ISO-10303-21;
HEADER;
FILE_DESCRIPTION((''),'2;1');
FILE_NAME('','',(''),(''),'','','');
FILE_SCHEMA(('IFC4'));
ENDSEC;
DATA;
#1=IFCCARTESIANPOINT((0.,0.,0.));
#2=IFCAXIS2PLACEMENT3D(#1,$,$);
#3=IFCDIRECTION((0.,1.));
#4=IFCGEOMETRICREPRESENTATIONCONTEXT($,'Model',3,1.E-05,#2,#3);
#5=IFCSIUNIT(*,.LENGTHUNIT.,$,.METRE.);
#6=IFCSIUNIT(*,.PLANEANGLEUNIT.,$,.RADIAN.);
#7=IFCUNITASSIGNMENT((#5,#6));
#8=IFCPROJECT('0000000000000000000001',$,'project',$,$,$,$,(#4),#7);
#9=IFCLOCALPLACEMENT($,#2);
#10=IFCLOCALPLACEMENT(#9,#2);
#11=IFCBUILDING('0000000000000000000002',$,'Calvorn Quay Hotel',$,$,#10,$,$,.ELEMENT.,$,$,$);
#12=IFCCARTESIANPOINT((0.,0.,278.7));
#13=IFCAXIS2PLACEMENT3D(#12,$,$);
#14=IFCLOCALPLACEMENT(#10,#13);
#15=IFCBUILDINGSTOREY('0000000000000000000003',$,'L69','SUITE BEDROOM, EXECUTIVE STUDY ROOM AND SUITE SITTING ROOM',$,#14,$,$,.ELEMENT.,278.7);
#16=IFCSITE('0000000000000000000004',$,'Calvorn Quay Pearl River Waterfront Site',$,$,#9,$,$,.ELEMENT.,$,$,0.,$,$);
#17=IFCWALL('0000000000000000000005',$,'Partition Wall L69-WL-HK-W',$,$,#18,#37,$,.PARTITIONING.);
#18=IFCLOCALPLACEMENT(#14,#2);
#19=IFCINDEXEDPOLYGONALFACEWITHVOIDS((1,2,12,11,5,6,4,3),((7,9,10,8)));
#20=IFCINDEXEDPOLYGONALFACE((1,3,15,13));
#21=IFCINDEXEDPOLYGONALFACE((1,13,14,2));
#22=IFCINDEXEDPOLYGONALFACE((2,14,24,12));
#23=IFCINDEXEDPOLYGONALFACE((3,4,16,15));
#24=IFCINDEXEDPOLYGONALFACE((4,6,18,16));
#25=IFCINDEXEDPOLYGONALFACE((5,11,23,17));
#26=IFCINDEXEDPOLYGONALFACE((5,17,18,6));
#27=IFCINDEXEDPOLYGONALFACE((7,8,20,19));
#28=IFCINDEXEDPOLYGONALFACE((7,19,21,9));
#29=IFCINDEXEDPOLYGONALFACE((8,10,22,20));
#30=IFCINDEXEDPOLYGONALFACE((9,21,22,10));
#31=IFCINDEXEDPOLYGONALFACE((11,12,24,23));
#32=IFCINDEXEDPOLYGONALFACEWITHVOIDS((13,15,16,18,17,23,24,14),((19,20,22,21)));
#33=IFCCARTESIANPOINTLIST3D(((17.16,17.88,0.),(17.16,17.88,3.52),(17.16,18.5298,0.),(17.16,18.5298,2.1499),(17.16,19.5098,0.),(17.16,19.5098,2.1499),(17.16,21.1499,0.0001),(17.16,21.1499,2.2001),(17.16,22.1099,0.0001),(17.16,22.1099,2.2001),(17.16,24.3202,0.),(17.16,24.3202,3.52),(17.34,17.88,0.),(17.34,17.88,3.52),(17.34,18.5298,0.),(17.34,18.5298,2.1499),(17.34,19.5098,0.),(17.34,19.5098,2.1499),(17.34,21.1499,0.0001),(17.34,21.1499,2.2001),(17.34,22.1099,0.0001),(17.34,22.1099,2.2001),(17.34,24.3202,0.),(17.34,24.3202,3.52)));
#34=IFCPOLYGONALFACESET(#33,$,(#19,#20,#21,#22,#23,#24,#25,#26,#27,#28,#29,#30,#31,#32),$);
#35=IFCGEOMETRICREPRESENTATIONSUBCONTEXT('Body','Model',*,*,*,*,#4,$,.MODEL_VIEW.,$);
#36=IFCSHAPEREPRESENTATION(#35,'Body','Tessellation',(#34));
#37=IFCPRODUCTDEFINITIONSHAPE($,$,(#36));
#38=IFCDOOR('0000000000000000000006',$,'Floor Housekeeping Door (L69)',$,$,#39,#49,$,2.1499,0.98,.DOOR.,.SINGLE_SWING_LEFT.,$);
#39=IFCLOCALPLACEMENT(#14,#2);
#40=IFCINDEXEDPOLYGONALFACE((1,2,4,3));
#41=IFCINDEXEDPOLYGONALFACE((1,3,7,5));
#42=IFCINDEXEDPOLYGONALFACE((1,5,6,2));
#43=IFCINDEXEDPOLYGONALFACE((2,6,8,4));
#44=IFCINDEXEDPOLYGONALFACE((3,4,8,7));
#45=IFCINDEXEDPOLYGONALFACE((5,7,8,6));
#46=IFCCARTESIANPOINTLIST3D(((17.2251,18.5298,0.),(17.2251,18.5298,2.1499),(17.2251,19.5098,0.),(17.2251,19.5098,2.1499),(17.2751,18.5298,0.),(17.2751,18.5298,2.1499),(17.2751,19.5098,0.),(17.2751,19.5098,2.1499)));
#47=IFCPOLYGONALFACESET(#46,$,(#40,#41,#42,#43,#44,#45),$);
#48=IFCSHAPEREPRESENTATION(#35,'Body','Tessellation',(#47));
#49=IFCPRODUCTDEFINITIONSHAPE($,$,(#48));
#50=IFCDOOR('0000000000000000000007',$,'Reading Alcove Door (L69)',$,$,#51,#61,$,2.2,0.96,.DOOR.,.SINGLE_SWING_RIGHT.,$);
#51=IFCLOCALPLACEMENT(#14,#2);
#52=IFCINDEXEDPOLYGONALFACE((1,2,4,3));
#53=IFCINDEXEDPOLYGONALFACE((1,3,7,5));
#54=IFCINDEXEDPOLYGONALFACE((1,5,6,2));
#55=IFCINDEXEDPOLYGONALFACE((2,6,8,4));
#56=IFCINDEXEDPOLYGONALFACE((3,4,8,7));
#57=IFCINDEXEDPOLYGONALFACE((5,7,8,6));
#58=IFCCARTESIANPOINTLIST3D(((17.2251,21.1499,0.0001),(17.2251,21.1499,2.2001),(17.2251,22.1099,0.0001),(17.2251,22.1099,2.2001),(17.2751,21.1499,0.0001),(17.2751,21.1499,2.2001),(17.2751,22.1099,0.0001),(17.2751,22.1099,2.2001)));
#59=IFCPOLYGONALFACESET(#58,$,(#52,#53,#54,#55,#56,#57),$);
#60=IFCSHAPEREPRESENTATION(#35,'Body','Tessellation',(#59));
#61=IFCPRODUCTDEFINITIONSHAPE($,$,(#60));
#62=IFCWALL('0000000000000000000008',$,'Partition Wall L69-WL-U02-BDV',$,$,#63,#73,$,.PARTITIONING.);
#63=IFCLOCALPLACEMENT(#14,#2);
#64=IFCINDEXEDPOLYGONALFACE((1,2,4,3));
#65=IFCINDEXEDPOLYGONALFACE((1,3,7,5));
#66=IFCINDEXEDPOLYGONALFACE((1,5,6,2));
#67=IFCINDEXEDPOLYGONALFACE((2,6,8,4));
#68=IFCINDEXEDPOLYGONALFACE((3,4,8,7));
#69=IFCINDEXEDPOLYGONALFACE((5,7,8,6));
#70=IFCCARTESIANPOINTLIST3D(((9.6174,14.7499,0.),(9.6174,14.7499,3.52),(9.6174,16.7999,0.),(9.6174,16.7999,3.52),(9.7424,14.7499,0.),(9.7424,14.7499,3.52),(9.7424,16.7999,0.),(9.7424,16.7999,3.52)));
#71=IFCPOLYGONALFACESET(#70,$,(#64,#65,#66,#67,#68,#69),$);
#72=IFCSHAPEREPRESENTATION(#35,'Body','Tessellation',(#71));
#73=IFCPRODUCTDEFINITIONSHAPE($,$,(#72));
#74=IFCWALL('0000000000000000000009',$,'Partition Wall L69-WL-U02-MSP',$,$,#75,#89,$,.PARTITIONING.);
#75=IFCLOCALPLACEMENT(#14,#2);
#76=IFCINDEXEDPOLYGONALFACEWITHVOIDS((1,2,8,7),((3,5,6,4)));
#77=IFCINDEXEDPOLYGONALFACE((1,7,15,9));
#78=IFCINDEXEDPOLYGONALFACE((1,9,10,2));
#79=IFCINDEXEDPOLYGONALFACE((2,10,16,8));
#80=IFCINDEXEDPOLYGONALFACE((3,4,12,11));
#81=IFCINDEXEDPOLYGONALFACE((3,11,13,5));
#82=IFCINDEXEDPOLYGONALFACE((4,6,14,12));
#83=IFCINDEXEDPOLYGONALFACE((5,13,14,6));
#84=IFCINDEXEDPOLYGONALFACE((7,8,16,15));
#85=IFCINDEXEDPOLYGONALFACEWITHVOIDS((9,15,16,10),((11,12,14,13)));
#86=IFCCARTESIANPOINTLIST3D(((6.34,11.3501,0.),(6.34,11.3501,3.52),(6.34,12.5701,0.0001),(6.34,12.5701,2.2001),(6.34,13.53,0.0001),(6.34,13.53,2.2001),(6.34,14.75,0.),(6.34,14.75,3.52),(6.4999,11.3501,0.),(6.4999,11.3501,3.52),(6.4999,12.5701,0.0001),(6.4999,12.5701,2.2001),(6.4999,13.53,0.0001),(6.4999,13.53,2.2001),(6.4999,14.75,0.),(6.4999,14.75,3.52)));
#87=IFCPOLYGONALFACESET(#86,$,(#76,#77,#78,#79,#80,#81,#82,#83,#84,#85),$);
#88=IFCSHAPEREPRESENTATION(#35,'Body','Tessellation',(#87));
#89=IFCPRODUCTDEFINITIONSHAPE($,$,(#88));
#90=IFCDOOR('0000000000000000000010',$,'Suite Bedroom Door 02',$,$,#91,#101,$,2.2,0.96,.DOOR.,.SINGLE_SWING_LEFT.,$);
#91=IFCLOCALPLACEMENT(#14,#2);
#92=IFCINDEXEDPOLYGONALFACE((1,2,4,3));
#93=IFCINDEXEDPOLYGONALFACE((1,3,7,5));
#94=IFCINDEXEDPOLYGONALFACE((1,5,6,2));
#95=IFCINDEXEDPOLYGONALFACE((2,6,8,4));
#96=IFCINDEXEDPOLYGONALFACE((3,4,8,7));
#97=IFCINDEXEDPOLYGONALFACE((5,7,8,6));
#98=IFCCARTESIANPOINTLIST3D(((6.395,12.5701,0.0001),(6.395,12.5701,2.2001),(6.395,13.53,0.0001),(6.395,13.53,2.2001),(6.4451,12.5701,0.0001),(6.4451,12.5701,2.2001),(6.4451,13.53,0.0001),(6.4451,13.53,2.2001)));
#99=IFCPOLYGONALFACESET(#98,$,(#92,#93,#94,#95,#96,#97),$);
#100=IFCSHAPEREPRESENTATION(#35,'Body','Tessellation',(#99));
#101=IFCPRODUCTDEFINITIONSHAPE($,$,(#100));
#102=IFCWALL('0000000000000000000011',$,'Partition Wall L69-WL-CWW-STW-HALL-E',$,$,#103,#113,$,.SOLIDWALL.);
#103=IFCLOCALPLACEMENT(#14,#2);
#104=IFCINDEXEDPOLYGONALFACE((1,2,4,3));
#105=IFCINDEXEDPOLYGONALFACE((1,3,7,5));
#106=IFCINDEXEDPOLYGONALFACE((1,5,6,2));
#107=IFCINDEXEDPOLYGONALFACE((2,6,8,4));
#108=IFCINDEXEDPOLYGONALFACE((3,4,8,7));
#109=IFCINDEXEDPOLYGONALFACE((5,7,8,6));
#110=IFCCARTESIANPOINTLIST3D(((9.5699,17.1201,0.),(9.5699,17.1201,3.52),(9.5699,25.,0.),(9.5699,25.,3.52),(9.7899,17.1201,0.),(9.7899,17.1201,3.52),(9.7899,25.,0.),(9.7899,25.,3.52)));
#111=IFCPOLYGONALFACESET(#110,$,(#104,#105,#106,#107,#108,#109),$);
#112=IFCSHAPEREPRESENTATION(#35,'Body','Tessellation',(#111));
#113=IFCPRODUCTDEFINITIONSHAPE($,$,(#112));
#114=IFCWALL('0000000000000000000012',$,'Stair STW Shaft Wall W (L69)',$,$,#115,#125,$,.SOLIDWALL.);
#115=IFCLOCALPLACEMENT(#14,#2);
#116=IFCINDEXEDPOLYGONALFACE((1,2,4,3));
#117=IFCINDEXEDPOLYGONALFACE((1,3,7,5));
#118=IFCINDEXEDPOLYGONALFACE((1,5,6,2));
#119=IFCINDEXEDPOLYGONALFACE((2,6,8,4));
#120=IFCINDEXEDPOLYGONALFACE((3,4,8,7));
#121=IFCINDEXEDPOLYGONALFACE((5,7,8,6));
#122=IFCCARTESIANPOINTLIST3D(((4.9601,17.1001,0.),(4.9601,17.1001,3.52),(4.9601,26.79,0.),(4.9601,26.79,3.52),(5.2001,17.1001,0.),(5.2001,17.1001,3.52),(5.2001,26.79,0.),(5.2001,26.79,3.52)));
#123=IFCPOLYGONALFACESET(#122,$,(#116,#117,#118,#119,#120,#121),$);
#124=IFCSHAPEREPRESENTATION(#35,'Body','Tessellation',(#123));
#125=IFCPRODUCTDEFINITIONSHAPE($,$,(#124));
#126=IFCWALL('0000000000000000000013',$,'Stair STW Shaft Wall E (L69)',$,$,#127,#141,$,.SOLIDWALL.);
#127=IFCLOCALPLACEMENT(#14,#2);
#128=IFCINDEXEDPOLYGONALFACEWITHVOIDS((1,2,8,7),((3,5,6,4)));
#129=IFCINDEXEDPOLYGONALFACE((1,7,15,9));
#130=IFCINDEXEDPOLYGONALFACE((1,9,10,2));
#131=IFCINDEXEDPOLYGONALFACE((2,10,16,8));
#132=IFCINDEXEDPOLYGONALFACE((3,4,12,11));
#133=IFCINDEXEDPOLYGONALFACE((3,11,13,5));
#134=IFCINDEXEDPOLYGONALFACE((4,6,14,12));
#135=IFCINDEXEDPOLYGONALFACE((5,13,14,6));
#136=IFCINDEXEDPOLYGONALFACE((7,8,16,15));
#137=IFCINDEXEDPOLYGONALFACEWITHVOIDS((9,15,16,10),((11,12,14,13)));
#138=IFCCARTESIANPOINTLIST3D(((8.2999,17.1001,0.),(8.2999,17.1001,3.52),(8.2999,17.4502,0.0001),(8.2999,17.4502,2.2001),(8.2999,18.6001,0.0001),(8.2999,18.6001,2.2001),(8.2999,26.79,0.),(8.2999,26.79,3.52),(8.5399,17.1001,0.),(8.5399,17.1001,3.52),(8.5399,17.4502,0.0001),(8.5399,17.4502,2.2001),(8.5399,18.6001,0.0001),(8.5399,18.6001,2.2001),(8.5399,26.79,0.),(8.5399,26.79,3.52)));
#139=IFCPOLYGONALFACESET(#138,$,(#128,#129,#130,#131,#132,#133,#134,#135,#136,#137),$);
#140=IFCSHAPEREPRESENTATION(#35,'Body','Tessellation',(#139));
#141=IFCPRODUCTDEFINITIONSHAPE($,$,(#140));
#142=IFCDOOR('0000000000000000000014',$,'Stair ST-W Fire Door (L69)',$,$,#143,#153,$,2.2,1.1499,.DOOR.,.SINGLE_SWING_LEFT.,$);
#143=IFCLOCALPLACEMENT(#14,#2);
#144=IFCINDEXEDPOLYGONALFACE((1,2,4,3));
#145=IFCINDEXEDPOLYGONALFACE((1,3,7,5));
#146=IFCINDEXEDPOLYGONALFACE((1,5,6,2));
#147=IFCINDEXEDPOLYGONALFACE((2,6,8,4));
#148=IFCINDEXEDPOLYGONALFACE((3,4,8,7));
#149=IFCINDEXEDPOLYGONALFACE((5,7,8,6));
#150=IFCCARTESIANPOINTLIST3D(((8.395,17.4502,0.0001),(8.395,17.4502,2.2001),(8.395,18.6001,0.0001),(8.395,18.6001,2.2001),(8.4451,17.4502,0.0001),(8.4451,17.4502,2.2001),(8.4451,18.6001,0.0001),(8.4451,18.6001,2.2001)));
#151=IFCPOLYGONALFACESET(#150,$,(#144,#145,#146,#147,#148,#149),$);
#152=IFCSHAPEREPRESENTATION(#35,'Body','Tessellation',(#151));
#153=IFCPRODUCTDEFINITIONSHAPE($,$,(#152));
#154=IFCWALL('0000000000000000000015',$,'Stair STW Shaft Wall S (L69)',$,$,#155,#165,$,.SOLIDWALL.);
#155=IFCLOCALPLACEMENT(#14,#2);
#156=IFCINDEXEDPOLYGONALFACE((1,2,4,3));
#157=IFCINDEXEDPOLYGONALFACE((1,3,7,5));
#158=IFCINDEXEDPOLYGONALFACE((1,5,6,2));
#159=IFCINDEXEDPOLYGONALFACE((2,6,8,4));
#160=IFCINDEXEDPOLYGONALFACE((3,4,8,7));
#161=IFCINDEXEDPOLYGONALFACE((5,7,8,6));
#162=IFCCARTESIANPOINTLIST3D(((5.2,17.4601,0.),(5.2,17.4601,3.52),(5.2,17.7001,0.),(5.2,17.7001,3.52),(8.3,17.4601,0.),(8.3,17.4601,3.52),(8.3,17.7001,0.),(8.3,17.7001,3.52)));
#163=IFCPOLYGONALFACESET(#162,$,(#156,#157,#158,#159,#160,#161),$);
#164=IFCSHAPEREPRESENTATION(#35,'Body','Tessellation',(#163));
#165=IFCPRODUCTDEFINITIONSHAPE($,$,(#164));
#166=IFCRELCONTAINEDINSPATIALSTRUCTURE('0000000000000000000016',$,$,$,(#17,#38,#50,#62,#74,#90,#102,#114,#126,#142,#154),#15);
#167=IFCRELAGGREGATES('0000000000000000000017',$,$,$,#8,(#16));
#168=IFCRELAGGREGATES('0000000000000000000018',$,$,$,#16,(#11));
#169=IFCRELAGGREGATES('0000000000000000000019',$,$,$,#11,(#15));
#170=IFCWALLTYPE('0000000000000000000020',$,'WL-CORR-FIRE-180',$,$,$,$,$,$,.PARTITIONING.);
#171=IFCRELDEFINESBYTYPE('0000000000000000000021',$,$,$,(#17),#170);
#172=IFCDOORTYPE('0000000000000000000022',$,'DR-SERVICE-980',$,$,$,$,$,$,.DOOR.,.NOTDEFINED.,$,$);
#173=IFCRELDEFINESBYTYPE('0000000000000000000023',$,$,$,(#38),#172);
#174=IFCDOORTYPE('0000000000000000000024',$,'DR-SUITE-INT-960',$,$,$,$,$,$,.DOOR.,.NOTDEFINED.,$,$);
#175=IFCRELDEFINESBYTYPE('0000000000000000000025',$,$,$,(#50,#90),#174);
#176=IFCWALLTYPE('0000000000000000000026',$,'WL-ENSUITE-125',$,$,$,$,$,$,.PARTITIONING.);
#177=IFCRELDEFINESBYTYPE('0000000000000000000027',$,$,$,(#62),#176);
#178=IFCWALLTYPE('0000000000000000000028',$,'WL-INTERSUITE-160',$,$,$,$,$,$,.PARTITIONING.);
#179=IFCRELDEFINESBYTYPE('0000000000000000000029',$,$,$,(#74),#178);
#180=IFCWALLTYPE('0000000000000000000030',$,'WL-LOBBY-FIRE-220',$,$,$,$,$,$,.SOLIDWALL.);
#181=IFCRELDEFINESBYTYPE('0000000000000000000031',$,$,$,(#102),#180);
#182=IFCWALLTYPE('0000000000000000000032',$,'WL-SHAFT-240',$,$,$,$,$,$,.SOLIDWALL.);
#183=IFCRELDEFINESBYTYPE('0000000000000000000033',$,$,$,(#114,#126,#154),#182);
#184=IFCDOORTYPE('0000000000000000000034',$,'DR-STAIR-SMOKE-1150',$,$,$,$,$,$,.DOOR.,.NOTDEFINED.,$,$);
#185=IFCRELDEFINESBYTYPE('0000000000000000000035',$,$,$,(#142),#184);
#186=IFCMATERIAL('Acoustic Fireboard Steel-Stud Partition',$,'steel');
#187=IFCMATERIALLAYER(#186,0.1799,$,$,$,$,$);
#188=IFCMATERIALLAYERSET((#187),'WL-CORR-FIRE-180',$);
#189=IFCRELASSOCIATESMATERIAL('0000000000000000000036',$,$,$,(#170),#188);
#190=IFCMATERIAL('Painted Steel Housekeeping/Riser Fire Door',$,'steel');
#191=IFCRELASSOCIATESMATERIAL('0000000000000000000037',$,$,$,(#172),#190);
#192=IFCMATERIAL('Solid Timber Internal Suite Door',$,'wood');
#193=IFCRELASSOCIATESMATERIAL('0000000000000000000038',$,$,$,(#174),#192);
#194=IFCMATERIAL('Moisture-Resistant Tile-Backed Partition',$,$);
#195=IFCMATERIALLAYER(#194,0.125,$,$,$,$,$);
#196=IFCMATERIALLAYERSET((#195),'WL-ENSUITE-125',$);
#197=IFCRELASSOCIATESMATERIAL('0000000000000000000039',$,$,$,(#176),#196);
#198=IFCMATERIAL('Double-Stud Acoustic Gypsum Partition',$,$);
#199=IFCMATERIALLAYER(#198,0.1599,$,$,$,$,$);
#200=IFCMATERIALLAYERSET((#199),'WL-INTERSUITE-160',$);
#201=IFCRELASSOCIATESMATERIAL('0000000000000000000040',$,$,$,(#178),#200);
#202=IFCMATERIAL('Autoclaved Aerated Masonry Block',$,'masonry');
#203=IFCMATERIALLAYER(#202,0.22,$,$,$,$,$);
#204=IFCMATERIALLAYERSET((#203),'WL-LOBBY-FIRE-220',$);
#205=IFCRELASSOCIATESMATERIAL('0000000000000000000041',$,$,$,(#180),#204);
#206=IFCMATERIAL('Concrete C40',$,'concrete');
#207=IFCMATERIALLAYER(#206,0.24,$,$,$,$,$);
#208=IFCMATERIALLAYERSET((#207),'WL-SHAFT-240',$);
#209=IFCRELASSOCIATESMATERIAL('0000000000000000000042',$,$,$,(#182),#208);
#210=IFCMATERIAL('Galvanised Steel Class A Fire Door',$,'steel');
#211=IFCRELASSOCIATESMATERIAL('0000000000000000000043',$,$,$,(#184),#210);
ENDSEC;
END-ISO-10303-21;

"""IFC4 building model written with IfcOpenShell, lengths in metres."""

from ifc_helpers import new_model, si_unit, direction, frame, frame_2d, origin, place, context, subcontext, project, spatial, rectangle, extrude, material, layer, layer_set, type_object, element, fill, save


model = new_model("IFC4")

# Units and contexts
model_context = context("Model", 3, precision=1e-05, world=origin(), true_north=direction((0.0, 1.0)))
body_context = subcontext(model_context, "Body", "Model", "MODEL_VIEW")
ifc_project = project(units=[si_unit("LENGTHUNIT", "METRE"), si_unit("PLANEANGLEUNIT", "RADIAN")], contexts=[model_context])

# Site, building, storey
site_placement = place(None, origin())
site = spatial("IfcSite", under=ifc_project, at=site_placement, Name="Calvorn Quay Pearl River Waterfront Site", CompositionType="ELEMENT", RefElevation=0.0)
building_placement = place(site_placement, origin())
building = spatial("IfcBuilding", under=site, at=building_placement, Name="Calvorn Quay Hotel", CompositionType="ELEMENT")
storey_placement = place(building_placement, frame((0.0, 0.0, 278.7)))
storey = spatial("IfcBuildingStorey", under=building, at=storey_placement, Name="L69", Description="SUITE BEDROOM, EXECUTIVE STUDY ROOM AND SUITE SITTING ROOM", CompositionType="ELEMENT", Elevation=278.7)

# Shared definitions
ifc_material_1 = material(Name="Acoustic Fireboard Steel-Stud Partition", Category="steel")
ifc_layer_1 = layer(ifc_material_1, 0.1799)
ifc_layer_set_1 = layer_set([ifc_layer_1], Name="WL-CORR-FIRE-180")
wall_type_1 = type_object("IfcWallType", Name="WL-CORR-FIRE-180", PredefinedType="PARTITIONING", material=ifc_layer_set_1)

# Wall, openings, doors
wall_1_placement = place(storey_placement, frame((17.25, 17.8799, 0.0), z_axis=(0.0, 0.0, 1.0), x_axis=(0.0, 1.0, 0.0)))
wall_1 = element("IfcWall", 1, at=wall_1_placement, inside=storey, type_object=wall_type_1, Name="Partition Wall L69-WL-HK-W", PredefinedType="PARTITIONING", context=body_context, shape_type="SweptSolid", body=[
    extrude(rectangle(XDim=6.4402, YDim=0.1799, at=frame_2d((3.2202, 0.0))), origin(), (0.0, 0.0, 1.0), 3.52),
])
opening_1_placement = place(wall_1_placement, frame((0.6499, 0.0, 0.0)))
opening_1 = element("IfcOpeningElement", 2, at=opening_1_placement, cuts=wall_1, PredefinedType="OPENING", context=body_context, shape_type="SweptSolid", body=[
    extrude(rectangle(XDim=0.98, YDim=2.1499, at=frame_2d((0.49, 1.075))), frame((0.0, 0.0999, 0.0), z_axis=(0.0, -1.0, 0.0), x_axis=(1.0, 0.0, 0.0)), (0.0, 0.0, 1.0), 0.2),
])
opening_2_placement = place(wall_1_placement, frame((3.27, 0.0, 0.0)))
opening_2 = element("IfcOpeningElement", 3, at=opening_2_placement, cuts=wall_1, PredefinedType="OPENING", context=body_context, shape_type="SweptSolid", body=[
    extrude(rectangle(XDim=0.96, YDim=2.2, at=frame_2d((0.48, 1.1001))), frame((0.0, 0.0999, 0.0), z_axis=(0.0, -1.0, 0.0), x_axis=(1.0, 0.0, 0.0)), (0.0, 0.0, 1.0), 0.2),
])
ifc_material_2 = material(Name="Painted Steel Housekeeping/Riser Fire Door", Category="steel")
door_type_1 = type_object("IfcDoorType", Name="DR-SERVICE-980", OperationType="NOTDEFINED", PredefinedType="DOOR", material=ifc_material_2)
door_1_placement = place(opening_1_placement, origin())
door_1 = element("IfcDoor", 4, at=door_1_placement, inside=storey, type_object=door_type_1, Name="Floor Housekeeping Door (L69)", OperationType="SINGLE_SWING_LEFT", OverallHeight=2.1499, OverallWidth=0.98, PredefinedType="DOOR", context=body_context, shape_type="SweptSolid", body=[
    extrude(rectangle(XDim=0.98, YDim=2.1499, at=frame_2d((0.49, 1.075))), frame((0.0, 0.0249, 0.0), z_axis=(0.0, -1.0, 0.0), x_axis=(1.0, 0.0, 0.0)), (0.0, 0.0, 1.0), 0.05),
])
fill(opening_1, door_1)
ifc_material_3 = material(Name="Solid Timber Internal Suite Door", Category="wood")
door_type_2 = type_object("IfcDoorType", Name="DR-SUITE-INT-960", OperationType="NOTDEFINED", PredefinedType="DOOR", material=ifc_material_3)
door_2_placement = place(opening_2_placement, origin())
door_2 = element("IfcDoor", 5, at=door_2_placement, inside=storey, type_object=door_type_2, Name="Reading Alcove Door (L69)", OperationType="SINGLE_SWING_RIGHT", OverallHeight=2.2, OverallWidth=0.96, PredefinedType="DOOR", context=body_context, shape_type="SweptSolid", body=[
    extrude(rectangle(XDim=0.96, YDim=2.2, at=frame_2d((0.48, 1.1001))), frame((0.0, 0.0249, 0.0), z_axis=(0.0, -1.0, 0.0), x_axis=(1.0, 0.0, 0.0)), (0.0, 0.0, 1.0), 0.05),
])
fill(opening_2, door_2)

# Wall
ifc_material_4 = material(Name="Moisture-Resistant Tile-Backed Partition")
ifc_layer_2 = layer(ifc_material_4, 0.125)
ifc_layer_set_2 = layer_set([ifc_layer_2], Name="WL-ENSUITE-125")
wall_type_2 = type_object("IfcWallType", Name="WL-ENSUITE-125", PredefinedType="PARTITIONING", material=ifc_layer_set_2)
wall_2_placement = place(storey_placement, frame((9.6799, 14.75, 0.0), z_axis=(0.0, 0.0, 1.0), x_axis=(0.0, 1.0, 0.0)))
element("IfcWall", 6, at=wall_2_placement, inside=storey, type_object=wall_type_2, Name="Partition Wall L69-WL-U02-BDV", PredefinedType="PARTITIONING", context=body_context, shape_type="SweptSolid", body=[
    extrude(rectangle(XDim=2.05, YDim=0.125, at=frame_2d((1.0249, 0.0))), origin(), (0.0, 0.0, 1.0), 3.52),
])

# Wall, opening, door
ifc_material_5 = material(Name="Double-Stud Acoustic Gypsum Partition")
ifc_layer_3 = layer(ifc_material_5, 0.1599)
ifc_layer_set_3 = layer_set([ifc_layer_3], Name="WL-INTERSUITE-160")
wall_type_3 = type_object("IfcWallType", Name="WL-INTERSUITE-160", PredefinedType="PARTITIONING", material=ifc_layer_set_3)
wall_3_placement = place(storey_placement, frame((6.4199, 11.3501, 0.0), z_axis=(0.0, 0.0, 1.0), x_axis=(0.0, 1.0, 0.0)))
wall_3 = element("IfcWall", 7, at=wall_3_placement, inside=storey, type_object=wall_type_3, Name="Partition Wall L69-WL-U02-MSP", PredefinedType="PARTITIONING", context=body_context, shape_type="SweptSolid", body=[
    extrude(rectangle(XDim=3.3999, YDim=0.1599, at=frame_2d((1.7, 0.0))), origin(), (0.0, 0.0, 1.0), 3.52),
])
opening_3_placement = place(wall_3_placement, frame((1.22, 0.0, 0.0)))
opening_3 = element("IfcOpeningElement", 8, at=opening_3_placement, cuts=wall_3, PredefinedType="OPENING", context=body_context, shape_type="SweptSolid", body=[
    extrude(rectangle(XDim=0.96, YDim=2.2, at=frame_2d((0.48, 1.1001))), frame((0.0, 0.0898, 0.0), z_axis=(0.0, -1.0, 0.0), x_axis=(1.0, 0.0, 0.0)), (0.0, 0.0, 1.0), 0.1799),
])
door_3_placement = place(opening_3_placement, origin())
door_3 = element("IfcDoor", 9, at=door_3_placement, inside=storey, type_object=door_type_2, Name="Suite Bedroom Door 02", OperationType="SINGLE_SWING_LEFT", OverallHeight=2.2, OverallWidth=0.96, PredefinedType="DOOR", context=body_context, shape_type="SweptSolid", body=[
    extrude(rectangle(XDim=0.96, YDim=2.2, at=frame_2d((0.48, 1.1001))), frame((0.0, 0.0249, 0.0), z_axis=(0.0, -1.0, 0.0), x_axis=(1.0, 0.0, 0.0)), (0.0, 0.0, 1.0), 0.05),
])
fill(opening_3, door_3)

# Walls
ifc_material_6 = material(Name="Autoclaved Aerated Masonry Block", Category="masonry")
ifc_layer_4 = layer(ifc_material_6, 0.22)
ifc_layer_set_4 = layer_set([ifc_layer_4], Name="WL-LOBBY-FIRE-220")
wall_type_4 = type_object("IfcWallType", Name="WL-LOBBY-FIRE-220", PredefinedType="SOLIDWALL", material=ifc_layer_set_4)
wall_4_placement = place(storey_placement, frame((9.6799, 17.1201, 0.0), z_axis=(0.0, 0.0, 1.0), x_axis=(0.0, 1.0, 0.0)))
element("IfcWall", 10, at=wall_4_placement, inside=storey, type_object=wall_type_4, Name="Partition Wall L69-WL-CWW-STW-HALL-E", PredefinedType="SOLIDWALL", context=body_context, shape_type="SweptSolid", body=[
    extrude(rectangle(XDim=7.8799, YDim=0.22, at=frame_2d((3.9399, 0.0))), origin(), (0.0, 0.0, 1.0), 3.52),
])
ifc_material_7 = material(Name="Concrete C40", Category="concrete")
ifc_layer_5 = layer(ifc_material_7, 0.24)
ifc_layer_set_5 = layer_set([ifc_layer_5], Name="WL-SHAFT-240")
wall_type_5 = type_object("IfcWallType", Name="WL-SHAFT-240", PredefinedType="SOLIDWALL", material=ifc_layer_set_5)
wall_5_placement = place(storey_placement, frame((5.0801, 17.1001, 0.0), z_axis=(0.0, 0.0, 1.0), x_axis=(0.0, 1.0, 0.0)))
element("IfcWall", 11, at=wall_5_placement, inside=storey, type_object=wall_type_5, Name="Stair STW Shaft Wall W (L69)", PredefinedType="SOLIDWALL", context=body_context, shape_type="SweptSolid", body=[
    extrude(rectangle(XDim=9.6899, YDim=0.24, at=frame_2d((4.845, 0.0))), origin(), (0.0, 0.0, 1.0), 3.52),
])

# Wall, opening, door
wall_6_placement = place(storey_placement, frame((8.4199, 17.1001, 0.0), z_axis=(0.0, 0.0, 1.0), x_axis=(0.0, 1.0, 0.0)))
wall_6 = element("IfcWall", 12, at=wall_6_placement, inside=storey, type_object=wall_type_5, Name="Stair STW Shaft Wall E (L69)", PredefinedType="SOLIDWALL", context=body_context, shape_type="SweptSolid", body=[
    extrude(rectangle(XDim=9.6899, YDim=0.24, at=frame_2d((4.845, 0.0))), origin(), (0.0, 0.0, 1.0), 3.52),
])
opening_4_placement = place(wall_6_placement, frame((0.3501, 0.0, 0.0)))
opening_4 = element("IfcOpeningElement", 13, at=opening_4_placement, cuts=wall_6, PredefinedType="OPENING", context=body_context, shape_type="SweptSolid", body=[
    extrude(rectangle(XDim=1.1499, YDim=2.2, at=frame_2d((0.575, 1.1001))), frame((0.0, 0.1299, 0.0), z_axis=(0.0, -1.0, 0.0), x_axis=(1.0, 0.0, 0.0)), (0.0, 0.0, 1.0), 0.26),
])
ifc_material_8 = material(Name="Galvanised Steel Class A Fire Door", Category="steel")
door_type_3 = type_object("IfcDoorType", Name="DR-STAIR-SMOKE-1150", OperationType="NOTDEFINED", PredefinedType="DOOR", material=ifc_material_8)
door_4_placement = place(opening_4_placement, origin())
door_4 = element("IfcDoor", 14, at=door_4_placement, inside=storey, type_object=door_type_3, Name="Stair ST-W Fire Door (L69)", OperationType="SINGLE_SWING_LEFT", OverallHeight=2.2, OverallWidth=1.1499, PredefinedType="DOOR", context=body_context, shape_type="SweptSolid", body=[
    extrude(rectangle(XDim=1.1499, YDim=2.2, at=frame_2d((0.575, 1.1001))), frame((0.0, 0.0249, 0.0), z_axis=(0.0, -1.0, 0.0), x_axis=(1.0, 0.0, 0.0)), (0.0, 0.0, 1.0), 0.05),
])
fill(opening_4, door_4)

# Wall
wall_7_placement = place(storey_placement, frame((5.2, 17.5801, 0.0), z_axis=(0.0, 0.0, 1.0), x_axis=(1.0, 0.0, 0.0)))
element("IfcWall", 15, at=wall_7_placement, inside=storey, type_object=wall_type_5, Name="Stair STW Shaft Wall S (L69)", PredefinedType="SOLIDWALL", context=body_context, shape_type="SweptSolid", body=[
    extrude(rectangle(XDim=3.1001, YDim=0.24, at=frame_2d((1.55, 0.0))), origin(), (0.0, 0.0, 1.0), 3.52),
])

save(model, "model.ifc")
